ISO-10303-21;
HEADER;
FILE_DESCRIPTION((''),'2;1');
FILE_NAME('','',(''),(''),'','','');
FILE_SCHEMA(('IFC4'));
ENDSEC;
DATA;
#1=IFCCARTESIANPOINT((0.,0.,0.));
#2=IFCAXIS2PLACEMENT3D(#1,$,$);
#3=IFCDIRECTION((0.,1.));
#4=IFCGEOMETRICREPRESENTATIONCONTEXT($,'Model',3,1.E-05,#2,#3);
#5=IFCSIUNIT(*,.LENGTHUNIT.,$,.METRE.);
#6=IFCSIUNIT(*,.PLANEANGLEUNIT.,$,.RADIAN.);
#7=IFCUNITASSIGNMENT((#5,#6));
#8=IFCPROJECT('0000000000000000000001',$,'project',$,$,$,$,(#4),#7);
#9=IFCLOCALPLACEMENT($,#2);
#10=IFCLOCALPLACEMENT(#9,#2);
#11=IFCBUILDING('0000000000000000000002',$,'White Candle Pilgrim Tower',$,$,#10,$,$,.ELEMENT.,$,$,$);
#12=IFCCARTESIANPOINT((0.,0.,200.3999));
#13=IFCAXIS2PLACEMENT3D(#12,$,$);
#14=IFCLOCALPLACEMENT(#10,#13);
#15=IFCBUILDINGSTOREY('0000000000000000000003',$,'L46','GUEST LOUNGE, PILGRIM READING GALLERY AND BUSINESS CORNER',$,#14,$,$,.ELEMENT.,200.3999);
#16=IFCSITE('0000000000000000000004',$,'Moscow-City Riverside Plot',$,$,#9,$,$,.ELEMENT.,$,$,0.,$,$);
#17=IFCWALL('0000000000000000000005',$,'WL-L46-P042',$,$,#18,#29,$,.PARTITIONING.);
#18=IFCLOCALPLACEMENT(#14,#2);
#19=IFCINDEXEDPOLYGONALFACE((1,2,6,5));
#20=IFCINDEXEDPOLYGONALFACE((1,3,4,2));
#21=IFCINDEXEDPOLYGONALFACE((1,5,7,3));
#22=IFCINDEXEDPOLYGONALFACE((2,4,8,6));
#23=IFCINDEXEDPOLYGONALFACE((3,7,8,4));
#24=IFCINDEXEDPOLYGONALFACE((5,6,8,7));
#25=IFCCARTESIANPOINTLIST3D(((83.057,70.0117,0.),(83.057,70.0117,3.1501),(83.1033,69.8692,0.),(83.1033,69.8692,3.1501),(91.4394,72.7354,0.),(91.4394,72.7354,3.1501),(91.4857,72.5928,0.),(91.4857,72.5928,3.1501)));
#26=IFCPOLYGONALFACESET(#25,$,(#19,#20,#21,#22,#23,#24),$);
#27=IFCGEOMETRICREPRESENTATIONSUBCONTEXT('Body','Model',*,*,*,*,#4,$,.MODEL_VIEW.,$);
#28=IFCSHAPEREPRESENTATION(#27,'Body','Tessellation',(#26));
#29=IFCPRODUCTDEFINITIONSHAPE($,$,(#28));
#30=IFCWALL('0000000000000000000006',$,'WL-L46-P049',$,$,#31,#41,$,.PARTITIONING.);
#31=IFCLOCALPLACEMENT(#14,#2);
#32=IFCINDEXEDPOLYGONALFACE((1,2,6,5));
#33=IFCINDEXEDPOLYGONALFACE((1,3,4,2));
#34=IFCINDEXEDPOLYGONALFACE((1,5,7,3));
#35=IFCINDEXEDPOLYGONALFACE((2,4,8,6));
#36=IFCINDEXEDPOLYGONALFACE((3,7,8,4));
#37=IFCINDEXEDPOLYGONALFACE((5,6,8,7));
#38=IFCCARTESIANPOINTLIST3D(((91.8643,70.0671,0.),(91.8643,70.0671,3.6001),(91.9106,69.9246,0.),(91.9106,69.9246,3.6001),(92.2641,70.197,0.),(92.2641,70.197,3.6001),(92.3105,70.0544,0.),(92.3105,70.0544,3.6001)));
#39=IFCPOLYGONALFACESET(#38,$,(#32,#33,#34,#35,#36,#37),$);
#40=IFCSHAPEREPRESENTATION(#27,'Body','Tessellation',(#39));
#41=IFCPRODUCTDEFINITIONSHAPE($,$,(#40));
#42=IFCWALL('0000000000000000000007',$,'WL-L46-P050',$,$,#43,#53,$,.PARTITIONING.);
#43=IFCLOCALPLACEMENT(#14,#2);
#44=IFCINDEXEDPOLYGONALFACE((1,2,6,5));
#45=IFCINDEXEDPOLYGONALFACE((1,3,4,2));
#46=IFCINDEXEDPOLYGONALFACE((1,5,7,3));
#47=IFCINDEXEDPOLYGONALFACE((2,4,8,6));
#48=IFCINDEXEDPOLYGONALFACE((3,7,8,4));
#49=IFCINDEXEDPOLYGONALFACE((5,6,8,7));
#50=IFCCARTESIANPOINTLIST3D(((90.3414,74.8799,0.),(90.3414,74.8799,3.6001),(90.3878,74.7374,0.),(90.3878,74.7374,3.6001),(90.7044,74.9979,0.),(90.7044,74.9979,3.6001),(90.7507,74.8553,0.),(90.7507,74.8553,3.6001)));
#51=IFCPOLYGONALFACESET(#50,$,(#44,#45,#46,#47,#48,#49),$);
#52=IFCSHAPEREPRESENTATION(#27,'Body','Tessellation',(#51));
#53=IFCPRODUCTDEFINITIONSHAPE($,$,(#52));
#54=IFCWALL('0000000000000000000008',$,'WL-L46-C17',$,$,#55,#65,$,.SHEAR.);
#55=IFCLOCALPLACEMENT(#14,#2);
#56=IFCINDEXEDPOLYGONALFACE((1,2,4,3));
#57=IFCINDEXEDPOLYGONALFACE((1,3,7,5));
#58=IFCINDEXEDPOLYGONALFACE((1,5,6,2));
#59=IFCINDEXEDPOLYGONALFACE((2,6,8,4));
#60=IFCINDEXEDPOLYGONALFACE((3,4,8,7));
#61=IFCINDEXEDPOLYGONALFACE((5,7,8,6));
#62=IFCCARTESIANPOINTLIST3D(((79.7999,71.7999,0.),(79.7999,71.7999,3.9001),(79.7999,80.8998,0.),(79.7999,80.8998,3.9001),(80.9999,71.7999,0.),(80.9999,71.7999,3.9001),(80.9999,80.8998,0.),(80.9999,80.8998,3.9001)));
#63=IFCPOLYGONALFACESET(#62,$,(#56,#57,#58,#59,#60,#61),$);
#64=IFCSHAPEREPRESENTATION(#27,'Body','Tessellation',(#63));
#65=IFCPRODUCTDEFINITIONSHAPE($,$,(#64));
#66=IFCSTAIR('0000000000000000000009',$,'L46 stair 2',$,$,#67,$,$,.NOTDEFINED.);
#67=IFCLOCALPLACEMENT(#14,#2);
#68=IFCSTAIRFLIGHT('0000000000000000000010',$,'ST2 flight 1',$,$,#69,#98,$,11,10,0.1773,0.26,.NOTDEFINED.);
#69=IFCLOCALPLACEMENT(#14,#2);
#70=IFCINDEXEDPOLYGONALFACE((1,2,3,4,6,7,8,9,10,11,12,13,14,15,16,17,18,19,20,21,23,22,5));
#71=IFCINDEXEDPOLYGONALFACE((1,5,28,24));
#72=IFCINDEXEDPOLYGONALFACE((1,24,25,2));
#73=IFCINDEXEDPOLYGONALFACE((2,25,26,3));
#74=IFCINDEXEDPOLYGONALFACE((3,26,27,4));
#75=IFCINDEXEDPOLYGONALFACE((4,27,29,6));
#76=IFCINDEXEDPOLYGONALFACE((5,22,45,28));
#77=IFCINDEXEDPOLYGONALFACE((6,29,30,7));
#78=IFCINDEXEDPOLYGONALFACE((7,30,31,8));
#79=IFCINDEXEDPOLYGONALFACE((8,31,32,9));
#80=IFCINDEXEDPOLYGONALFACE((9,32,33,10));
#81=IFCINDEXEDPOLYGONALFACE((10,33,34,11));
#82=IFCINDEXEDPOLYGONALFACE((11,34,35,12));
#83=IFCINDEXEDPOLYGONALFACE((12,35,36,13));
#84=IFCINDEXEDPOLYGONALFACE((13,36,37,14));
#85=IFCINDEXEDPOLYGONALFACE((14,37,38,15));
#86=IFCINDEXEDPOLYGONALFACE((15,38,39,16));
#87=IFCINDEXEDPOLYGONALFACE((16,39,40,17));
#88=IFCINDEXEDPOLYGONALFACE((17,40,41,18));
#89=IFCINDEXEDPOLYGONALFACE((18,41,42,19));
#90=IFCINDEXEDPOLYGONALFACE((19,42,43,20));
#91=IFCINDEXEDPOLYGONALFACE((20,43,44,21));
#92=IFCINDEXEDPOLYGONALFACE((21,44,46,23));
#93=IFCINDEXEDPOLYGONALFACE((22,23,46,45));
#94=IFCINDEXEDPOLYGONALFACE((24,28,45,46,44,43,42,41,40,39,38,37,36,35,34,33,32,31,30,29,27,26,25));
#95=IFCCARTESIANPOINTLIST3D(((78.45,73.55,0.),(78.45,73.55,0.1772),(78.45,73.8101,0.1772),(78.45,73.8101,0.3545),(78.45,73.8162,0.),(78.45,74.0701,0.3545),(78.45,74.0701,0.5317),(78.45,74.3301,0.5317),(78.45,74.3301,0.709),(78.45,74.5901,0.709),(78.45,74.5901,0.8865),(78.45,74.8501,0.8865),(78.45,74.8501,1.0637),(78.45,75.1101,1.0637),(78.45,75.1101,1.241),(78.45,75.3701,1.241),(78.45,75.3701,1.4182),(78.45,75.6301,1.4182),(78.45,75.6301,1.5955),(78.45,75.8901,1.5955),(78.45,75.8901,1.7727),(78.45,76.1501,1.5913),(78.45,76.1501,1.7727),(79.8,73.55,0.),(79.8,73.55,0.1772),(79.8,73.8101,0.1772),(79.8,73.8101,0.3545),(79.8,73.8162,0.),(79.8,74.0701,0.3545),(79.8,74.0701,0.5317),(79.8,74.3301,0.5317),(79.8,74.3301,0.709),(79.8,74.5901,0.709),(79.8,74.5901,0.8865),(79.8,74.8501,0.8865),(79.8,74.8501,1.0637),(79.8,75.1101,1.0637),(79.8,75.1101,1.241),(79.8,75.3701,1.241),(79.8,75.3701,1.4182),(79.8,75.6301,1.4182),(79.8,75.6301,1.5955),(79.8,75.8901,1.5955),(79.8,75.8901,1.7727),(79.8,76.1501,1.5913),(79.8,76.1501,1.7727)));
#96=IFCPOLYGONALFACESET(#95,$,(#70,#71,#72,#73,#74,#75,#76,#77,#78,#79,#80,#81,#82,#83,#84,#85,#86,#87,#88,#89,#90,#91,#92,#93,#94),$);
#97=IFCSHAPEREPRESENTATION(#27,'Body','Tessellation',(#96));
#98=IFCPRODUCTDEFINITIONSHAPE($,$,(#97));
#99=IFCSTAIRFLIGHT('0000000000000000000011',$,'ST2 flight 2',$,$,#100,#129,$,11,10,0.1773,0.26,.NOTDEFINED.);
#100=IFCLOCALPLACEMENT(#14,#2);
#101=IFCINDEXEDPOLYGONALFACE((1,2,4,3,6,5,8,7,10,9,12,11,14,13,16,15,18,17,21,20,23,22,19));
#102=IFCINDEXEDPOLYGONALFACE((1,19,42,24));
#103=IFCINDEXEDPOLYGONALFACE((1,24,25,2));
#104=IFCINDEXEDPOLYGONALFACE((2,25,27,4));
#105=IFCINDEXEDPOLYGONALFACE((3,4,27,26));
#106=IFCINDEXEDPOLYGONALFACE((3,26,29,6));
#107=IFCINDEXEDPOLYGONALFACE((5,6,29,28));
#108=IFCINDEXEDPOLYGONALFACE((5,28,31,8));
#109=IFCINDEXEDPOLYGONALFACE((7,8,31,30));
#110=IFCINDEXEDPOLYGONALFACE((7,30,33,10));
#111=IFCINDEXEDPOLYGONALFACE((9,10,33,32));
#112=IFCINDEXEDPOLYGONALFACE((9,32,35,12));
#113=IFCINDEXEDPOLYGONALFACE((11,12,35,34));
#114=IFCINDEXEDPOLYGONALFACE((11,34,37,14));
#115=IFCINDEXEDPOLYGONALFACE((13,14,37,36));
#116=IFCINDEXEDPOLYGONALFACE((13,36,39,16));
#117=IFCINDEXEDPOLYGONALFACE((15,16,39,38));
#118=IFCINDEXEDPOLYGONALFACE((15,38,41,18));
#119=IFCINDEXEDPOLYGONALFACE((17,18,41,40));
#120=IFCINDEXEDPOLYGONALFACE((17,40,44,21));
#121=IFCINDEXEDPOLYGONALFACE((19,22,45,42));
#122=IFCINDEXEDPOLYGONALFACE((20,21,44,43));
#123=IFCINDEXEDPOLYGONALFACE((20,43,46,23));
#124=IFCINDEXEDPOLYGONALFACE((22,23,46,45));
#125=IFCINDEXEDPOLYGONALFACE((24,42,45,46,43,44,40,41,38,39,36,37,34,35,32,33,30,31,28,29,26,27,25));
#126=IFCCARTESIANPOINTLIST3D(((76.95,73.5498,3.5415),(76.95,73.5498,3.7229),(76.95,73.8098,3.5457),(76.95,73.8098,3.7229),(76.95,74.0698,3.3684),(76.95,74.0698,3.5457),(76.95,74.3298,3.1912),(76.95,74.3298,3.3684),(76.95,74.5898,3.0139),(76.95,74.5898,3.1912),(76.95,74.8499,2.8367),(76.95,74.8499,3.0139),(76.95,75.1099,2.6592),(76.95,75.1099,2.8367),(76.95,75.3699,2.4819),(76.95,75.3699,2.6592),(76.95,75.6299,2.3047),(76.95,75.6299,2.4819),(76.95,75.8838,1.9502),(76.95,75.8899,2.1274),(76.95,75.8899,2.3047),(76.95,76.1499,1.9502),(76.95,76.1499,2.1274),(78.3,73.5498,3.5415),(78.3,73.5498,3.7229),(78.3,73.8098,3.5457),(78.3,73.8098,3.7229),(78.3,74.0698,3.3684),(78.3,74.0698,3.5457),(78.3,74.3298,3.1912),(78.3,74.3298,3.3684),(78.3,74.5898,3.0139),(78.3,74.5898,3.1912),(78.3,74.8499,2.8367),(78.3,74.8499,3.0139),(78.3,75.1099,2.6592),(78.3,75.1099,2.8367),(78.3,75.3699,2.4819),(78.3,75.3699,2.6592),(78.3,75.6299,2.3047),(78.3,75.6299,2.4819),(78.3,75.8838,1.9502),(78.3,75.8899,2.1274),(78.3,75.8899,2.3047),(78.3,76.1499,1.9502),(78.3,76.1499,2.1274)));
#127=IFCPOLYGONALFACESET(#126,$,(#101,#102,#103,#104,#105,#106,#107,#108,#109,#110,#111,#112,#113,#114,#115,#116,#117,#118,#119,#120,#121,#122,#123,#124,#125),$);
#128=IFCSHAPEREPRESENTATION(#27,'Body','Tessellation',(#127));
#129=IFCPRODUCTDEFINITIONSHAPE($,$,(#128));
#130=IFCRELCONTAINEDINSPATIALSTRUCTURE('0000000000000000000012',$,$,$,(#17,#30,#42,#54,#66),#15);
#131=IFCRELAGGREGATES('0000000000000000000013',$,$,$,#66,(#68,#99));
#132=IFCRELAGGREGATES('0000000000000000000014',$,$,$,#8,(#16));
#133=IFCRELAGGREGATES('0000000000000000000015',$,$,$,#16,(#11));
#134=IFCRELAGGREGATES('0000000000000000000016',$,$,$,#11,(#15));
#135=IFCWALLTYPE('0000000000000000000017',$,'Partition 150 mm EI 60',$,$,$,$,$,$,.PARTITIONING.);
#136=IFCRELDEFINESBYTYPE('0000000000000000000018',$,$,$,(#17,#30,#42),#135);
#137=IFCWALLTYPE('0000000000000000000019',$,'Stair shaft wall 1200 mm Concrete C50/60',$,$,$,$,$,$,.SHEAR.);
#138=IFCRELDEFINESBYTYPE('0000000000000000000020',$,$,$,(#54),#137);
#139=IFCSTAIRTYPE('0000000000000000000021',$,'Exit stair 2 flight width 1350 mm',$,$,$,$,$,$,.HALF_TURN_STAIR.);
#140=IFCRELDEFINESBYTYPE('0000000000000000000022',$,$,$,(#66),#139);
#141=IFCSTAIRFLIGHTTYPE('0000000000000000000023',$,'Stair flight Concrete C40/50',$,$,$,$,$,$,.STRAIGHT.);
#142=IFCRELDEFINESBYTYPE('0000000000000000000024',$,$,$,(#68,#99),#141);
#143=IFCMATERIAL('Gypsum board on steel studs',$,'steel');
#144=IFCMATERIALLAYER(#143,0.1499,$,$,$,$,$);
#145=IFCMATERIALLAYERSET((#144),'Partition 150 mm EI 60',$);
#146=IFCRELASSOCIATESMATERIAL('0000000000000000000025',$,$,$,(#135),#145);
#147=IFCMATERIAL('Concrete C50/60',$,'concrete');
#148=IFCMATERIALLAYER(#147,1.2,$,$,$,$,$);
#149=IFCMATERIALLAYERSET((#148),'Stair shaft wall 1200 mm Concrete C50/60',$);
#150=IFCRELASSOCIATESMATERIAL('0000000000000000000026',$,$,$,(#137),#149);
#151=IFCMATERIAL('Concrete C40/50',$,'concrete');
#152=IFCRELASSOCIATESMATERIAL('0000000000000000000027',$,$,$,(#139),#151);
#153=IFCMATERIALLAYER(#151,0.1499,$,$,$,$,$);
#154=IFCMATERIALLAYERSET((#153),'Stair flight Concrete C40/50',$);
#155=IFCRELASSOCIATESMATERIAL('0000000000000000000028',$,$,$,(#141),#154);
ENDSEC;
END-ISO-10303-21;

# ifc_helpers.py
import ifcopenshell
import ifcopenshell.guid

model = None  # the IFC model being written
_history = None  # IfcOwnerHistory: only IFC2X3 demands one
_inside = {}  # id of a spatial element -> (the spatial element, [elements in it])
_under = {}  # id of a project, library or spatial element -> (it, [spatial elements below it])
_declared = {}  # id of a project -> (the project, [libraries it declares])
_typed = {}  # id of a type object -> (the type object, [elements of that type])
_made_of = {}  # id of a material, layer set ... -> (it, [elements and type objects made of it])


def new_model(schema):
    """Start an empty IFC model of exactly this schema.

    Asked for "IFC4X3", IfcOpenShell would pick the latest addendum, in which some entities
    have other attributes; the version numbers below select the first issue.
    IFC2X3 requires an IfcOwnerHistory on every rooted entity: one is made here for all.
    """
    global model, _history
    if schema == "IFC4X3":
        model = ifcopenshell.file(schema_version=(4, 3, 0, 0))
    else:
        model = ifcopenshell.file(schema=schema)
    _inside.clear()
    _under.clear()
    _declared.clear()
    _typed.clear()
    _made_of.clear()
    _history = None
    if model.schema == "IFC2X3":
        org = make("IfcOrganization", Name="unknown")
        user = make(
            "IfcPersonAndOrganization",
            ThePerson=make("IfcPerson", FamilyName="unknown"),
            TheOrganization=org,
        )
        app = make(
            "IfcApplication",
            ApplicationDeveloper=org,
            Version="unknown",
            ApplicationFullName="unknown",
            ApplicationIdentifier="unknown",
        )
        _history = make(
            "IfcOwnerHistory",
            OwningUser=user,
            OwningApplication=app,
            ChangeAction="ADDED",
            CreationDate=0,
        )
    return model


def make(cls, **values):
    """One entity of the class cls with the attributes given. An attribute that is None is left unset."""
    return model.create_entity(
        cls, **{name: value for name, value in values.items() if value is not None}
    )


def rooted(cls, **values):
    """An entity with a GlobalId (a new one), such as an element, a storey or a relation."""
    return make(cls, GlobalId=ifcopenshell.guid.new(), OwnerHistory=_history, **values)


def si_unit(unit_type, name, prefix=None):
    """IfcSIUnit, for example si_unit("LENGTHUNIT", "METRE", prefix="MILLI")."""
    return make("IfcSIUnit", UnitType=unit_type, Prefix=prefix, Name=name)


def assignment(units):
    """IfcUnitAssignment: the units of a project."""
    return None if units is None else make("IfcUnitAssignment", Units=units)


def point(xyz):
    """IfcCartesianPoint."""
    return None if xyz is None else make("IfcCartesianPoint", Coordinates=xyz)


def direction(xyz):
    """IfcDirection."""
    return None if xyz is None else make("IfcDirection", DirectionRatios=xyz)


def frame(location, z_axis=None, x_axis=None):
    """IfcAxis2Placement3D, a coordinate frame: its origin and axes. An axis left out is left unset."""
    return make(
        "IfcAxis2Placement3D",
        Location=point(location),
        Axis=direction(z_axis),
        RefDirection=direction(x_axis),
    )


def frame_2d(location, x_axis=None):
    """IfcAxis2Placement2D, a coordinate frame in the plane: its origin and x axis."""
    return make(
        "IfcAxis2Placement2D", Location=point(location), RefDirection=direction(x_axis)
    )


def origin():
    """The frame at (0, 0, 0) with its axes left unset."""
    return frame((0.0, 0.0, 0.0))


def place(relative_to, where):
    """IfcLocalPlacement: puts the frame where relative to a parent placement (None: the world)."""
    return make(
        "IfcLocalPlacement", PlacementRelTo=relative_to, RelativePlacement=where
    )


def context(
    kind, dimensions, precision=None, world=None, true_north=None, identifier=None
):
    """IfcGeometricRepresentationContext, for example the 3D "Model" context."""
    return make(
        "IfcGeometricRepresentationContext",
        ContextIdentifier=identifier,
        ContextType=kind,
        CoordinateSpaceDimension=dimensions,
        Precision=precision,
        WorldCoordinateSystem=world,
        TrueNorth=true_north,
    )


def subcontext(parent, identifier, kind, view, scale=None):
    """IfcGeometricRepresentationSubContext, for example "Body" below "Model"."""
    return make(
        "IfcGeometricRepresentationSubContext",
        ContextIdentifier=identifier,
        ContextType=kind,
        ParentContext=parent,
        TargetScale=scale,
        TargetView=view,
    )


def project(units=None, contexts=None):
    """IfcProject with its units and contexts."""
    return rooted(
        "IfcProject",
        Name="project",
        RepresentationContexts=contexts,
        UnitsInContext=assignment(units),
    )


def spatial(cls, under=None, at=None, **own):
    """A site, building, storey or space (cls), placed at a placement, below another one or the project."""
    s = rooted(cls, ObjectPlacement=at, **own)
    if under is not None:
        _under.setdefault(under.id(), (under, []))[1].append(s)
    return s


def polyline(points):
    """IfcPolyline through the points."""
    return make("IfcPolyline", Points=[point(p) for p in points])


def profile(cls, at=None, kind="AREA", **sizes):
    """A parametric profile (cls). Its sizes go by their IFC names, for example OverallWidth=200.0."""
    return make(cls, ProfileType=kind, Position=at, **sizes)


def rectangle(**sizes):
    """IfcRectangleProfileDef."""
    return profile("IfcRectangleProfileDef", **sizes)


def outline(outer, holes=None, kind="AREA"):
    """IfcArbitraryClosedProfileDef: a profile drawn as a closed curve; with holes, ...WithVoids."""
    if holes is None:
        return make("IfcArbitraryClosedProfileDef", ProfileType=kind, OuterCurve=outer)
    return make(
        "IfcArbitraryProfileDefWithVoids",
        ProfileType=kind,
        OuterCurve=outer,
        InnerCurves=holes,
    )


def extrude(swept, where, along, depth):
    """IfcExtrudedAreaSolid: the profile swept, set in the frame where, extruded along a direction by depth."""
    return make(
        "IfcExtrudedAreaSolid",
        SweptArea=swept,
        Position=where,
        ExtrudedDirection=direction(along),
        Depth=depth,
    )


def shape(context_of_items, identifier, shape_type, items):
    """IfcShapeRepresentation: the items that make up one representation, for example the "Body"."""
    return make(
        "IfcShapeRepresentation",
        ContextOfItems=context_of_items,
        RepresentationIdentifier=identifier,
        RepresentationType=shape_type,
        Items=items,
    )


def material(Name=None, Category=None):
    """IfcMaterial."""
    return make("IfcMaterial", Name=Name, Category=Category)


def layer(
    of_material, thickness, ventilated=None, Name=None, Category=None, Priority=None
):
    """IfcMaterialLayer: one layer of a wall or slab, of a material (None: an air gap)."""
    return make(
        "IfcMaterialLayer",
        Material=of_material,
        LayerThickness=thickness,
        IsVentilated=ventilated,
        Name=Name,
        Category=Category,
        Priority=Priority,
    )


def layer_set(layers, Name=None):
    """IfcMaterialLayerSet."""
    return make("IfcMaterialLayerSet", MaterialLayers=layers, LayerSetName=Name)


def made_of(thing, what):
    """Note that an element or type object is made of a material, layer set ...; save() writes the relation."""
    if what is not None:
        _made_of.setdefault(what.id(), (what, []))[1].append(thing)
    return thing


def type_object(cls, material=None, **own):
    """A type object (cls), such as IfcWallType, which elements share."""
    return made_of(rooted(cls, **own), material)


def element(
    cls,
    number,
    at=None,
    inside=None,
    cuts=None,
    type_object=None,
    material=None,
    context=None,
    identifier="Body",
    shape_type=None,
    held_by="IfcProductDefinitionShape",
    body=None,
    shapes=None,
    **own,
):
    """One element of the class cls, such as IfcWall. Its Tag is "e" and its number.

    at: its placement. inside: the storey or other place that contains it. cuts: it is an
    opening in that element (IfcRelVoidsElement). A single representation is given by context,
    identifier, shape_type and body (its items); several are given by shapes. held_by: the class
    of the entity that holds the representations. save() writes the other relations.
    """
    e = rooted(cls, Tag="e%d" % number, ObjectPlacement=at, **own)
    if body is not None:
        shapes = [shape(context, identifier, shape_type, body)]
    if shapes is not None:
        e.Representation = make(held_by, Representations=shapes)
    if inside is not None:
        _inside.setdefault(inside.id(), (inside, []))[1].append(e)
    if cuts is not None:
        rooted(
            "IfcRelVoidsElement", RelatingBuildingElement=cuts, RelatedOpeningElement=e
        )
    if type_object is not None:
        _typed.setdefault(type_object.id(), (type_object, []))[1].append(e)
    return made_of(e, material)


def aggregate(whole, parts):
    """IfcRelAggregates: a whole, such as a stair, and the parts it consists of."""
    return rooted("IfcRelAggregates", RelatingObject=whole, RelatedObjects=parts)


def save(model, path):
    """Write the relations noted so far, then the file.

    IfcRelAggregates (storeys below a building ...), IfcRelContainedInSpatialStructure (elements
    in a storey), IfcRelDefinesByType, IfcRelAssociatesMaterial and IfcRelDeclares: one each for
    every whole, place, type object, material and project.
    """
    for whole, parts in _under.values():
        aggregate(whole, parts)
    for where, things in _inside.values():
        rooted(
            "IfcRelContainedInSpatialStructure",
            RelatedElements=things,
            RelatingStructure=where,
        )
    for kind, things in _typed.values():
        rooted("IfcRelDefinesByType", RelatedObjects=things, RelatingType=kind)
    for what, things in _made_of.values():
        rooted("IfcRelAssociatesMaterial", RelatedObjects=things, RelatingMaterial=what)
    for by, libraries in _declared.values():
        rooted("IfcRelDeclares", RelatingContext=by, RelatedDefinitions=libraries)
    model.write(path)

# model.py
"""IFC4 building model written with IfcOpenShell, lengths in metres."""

from ifc_helpers import new_model, si_unit, direction, frame, frame_2d, origin, place, context, subcontext, project, spatial, polyline, rectangle, outline, extrude, material, layer, layer_set, type_object, element, aggregate, save


model = new_model("IFC4")

# Units and contexts
model_context = context("Model", 3, precision=1e-05, world=origin(), true_north=direction((0.0, 1.0)))
body_context = subcontext(model_context, "Body", "Model", "MODEL_VIEW")
ifc_project = project(units=[si_unit("LENGTHUNIT", "METRE"), si_unit("PLANEANGLEUNIT", "RADIAN")], contexts=[model_context])

# Site, building, storey
site_placement = place(None, origin())
site = spatial("IfcSite", under=ifc_project, at=site_placement, Name="Moscow-City Riverside Plot", CompositionType="ELEMENT", RefElevation=0.0)
building_placement = place(site_placement, origin())
building = spatial("IfcBuilding", under=site, at=building_placement, Name="White Candle Pilgrim Tower", CompositionType="ELEMENT")
storey_placement = place(building_placement, frame((0.0, 0.0, 200.3999)))
storey = spatial("IfcBuildingStorey", under=building, at=storey_placement, Name="L46", Description="GUEST LOUNGE, PILGRIM READING GALLERY AND BUSINESS CORNER", CompositionType="ELEMENT", Elevation=200.3999)

# Shared definitions
ifc_material_1 = material(Name="Concrete C50/60", Category="concrete")

# Shared definitions
ifc_material_2 = material(Name="Gypsum board on steel studs", Category="steel")

# Walls
ifc_layer_1 = layer(ifc_material_2, 0.1499)
ifc_layer_set_1 = layer_set([ifc_layer_1], Name="Partition 150 mm EI 60")
wall_type_1 = type_object("IfcWallType", Name="Partition 150 mm EI 60", PredefinedType="PARTITIONING", material=ifc_layer_set_1)
wall_1_placement = place(storey_placement, frame((91.4624, 72.6641, 0.0), z_axis=(0.0, 0.0, 1.0), x_axis=(-0.951055, -0.309022, 0.0)))
element("IfcWall", 1, at=wall_1_placement, inside=storey, type_object=wall_type_1, Name="WL-L46-P042", PredefinedType="PARTITIONING", context=body_context, shape_type="SweptSolid", body=[
    extrude(rectangle(XDim=8.8137, YDim=0.1499, at=frame_2d((4.4067, 0.0))), origin(), (0.0, 0.0, 1.0), 3.1501),
])
wall_2_placement = place(storey_placement, frame((91.8875, 69.9958, 0.0), z_axis=(0.0, 0.0, 1.0), x_axis=(0.951094, 0.308902, 0.0)))
element("IfcWall", 2, at=wall_2_placement, inside=storey, type_object=wall_type_1, Name="WL-L46-P049", PredefinedType="PARTITIONING", context=body_context, shape_type="SweptSolid", body=[
    extrude(rectangle(XDim=0.4204, YDim=0.1499, at=frame_2d((0.2102, 0.0))), origin(), (0.0, 0.0, 1.0), 3.6001),
])
wall_3_placement = place(storey_placement, frame((90.3645, 74.8086, 0.0), z_axis=(0.0, 0.0, 1.0), x_axis=(0.951025, 0.309115, 0.0)))
element("IfcWall", 3, at=wall_3_placement, inside=storey, type_object=wall_type_1, Name="WL-L46-P050", PredefinedType="PARTITIONING", context=body_context, shape_type="SweptSolid", body=[
    extrude(rectangle(XDim=0.3816, YDim=0.1499, at=frame_2d((0.1909, 0.0))), origin(), (0.0, 0.0, 1.0), 3.6001),
])
ifc_layer_2 = layer(ifc_material_1, 1.2)
ifc_layer_set_2 = layer_set([ifc_layer_2], Name="Stair shaft wall 1200 mm Concrete C50/60")
wall_type_2 = type_object("IfcWallType", Name="Stair shaft wall 1200 mm Concrete C50/60", PredefinedType="SHEAR", material=ifc_layer_set_2)
wall_4_placement = place(storey_placement, frame((80.3999, 71.8, 0.0), z_axis=(0.0, 0.0, 1.0), x_axis=(0.0, 1.0, 0.0)))
element("IfcWall", 4, at=wall_4_placement, inside=storey, type_object=wall_type_2, Name="WL-L46-C17", PredefinedType="SHEAR", context=body_context, shape_type="SweptSolid", body=[
    extrude(rectangle(XDim=9.0999, YDim=1.2, at=frame_2d((4.5498, 0.0))), origin(), (0.0, 0.0, 1.0), 3.9001),
])

# Stair, stair flights
ifc_material_3 = material(Name="Concrete C40/50", Category="concrete")
stair_type = type_object("IfcStairType", Name="Exit stair 2 flight width 1350 mm", PredefinedType="HALF_TURN_STAIR", material=ifc_material_3)
stair_placement = place(storey_placement, origin())
stair = element("IfcStair", 5, at=stair_placement, inside=storey, type_object=stair_type, Name="L46 stair 2", PredefinedType="NOTDEFINED")
ifc_layer_3 = layer(ifc_material_3, 0.1499)
ifc_layer_set_3 = layer_set([ifc_layer_3], Name="Stair flight Concrete C40/50")
stair_flight_type = type_object("IfcStairFlightType", Name="Stair flight Concrete C40/50", PredefinedType="STRAIGHT", material=ifc_layer_set_3)
stair_flight_1_placement = place(storey_placement, frame((79.125, 73.55, 0.0), z_axis=(0.0, 0.0, 1.0), x_axis=(0.0, 1.0, 0.0)))
stair_flight_1 = element("IfcStairFlight", 6, at=stair_flight_1_placement, type_object=stair_flight_type, Name="ST2 flight 1", NumberOfRisers=11, NumberOfTreads=10, PredefinedType="NOTDEFINED", RiserHeight=0.1773, TreadLength=0.26, context=body_context, shape_type="SweptSolid", body=[
    extrude(outline(polyline([(0.0, 0.0), (0.0, 0.1772), (0.26, 0.1772), (0.26, 0.3545), (0.52, 0.3545), (0.52, 0.5317), (0.78, 0.5317), (0.78, 0.709), (1.04, 0.709), (1.04, 0.8865), (1.3, 0.8865), (1.3, 1.0637), (1.5601, 1.0637), (1.5601, 1.241), (1.8201, 1.241), (1.8201, 1.4182), (2.0801, 1.4182), (2.0801, 1.5955), (2.3401, 1.5955), (2.3401, 1.7727), (2.6001, 1.7727), (2.6001, 1.95), (2.6001, 1.5913), (0.2661, 0.0), (0.0, 0.0)])), frame((0.0, 0.675, 0.0), z_axis=(0.0, -1.0, 0.0), x_axis=(1.0, 0.0, 0.0)), (0.0, 0.0, 1.0), 1.3501),
])
stair_flight_2_placement = place(storey_placement, frame((77.625, 76.1499, 1.9502), z_axis=(0.0, 0.0, 1.0), x_axis=(0.0, -1.0, 0.0)))
stair_flight_2 = element("IfcStairFlight", 7, at=stair_flight_2_placement, type_object=stair_flight_type, Name="ST2 flight 2", NumberOfRisers=11, NumberOfTreads=10, PredefinedType="NOTDEFINED", RiserHeight=0.1773, TreadLength=0.26, context=body_context, shape_type="SweptSolid", body=[
    extrude(outline(polyline([(0.0, 0.0), (0.0, 0.1772), (0.26, 0.1772), (0.26, 0.3545), (0.52, 0.3545), (0.52, 0.5317), (0.78, 0.5317), (0.78, 0.709), (1.04, 0.709), (1.04, 0.8865), (1.3, 0.8865), (1.3, 1.0637), (1.5601, 1.0637), (1.5601, 1.241), (1.8201, 1.241), (1.8201, 1.4182), (2.0801, 1.4182), (2.0801, 1.5955), (2.3401, 1.5955), (2.3401, 1.7727), (2.6001, 1.7727), (2.6001, 1.95), (2.6001, 1.5913), (0.2661, 0.0), (0.0, 0.0)])), frame((0.0, 0.675, 0.0), z_axis=(0.0, -1.0, 0.0), x_axis=(1.0, 0.0, 0.0)), (0.0, 0.0, 1.0), 1.3501),
])
aggregate(stair, [stair_flight_1, stair_flight_2])

save(model, "model.ifc")
